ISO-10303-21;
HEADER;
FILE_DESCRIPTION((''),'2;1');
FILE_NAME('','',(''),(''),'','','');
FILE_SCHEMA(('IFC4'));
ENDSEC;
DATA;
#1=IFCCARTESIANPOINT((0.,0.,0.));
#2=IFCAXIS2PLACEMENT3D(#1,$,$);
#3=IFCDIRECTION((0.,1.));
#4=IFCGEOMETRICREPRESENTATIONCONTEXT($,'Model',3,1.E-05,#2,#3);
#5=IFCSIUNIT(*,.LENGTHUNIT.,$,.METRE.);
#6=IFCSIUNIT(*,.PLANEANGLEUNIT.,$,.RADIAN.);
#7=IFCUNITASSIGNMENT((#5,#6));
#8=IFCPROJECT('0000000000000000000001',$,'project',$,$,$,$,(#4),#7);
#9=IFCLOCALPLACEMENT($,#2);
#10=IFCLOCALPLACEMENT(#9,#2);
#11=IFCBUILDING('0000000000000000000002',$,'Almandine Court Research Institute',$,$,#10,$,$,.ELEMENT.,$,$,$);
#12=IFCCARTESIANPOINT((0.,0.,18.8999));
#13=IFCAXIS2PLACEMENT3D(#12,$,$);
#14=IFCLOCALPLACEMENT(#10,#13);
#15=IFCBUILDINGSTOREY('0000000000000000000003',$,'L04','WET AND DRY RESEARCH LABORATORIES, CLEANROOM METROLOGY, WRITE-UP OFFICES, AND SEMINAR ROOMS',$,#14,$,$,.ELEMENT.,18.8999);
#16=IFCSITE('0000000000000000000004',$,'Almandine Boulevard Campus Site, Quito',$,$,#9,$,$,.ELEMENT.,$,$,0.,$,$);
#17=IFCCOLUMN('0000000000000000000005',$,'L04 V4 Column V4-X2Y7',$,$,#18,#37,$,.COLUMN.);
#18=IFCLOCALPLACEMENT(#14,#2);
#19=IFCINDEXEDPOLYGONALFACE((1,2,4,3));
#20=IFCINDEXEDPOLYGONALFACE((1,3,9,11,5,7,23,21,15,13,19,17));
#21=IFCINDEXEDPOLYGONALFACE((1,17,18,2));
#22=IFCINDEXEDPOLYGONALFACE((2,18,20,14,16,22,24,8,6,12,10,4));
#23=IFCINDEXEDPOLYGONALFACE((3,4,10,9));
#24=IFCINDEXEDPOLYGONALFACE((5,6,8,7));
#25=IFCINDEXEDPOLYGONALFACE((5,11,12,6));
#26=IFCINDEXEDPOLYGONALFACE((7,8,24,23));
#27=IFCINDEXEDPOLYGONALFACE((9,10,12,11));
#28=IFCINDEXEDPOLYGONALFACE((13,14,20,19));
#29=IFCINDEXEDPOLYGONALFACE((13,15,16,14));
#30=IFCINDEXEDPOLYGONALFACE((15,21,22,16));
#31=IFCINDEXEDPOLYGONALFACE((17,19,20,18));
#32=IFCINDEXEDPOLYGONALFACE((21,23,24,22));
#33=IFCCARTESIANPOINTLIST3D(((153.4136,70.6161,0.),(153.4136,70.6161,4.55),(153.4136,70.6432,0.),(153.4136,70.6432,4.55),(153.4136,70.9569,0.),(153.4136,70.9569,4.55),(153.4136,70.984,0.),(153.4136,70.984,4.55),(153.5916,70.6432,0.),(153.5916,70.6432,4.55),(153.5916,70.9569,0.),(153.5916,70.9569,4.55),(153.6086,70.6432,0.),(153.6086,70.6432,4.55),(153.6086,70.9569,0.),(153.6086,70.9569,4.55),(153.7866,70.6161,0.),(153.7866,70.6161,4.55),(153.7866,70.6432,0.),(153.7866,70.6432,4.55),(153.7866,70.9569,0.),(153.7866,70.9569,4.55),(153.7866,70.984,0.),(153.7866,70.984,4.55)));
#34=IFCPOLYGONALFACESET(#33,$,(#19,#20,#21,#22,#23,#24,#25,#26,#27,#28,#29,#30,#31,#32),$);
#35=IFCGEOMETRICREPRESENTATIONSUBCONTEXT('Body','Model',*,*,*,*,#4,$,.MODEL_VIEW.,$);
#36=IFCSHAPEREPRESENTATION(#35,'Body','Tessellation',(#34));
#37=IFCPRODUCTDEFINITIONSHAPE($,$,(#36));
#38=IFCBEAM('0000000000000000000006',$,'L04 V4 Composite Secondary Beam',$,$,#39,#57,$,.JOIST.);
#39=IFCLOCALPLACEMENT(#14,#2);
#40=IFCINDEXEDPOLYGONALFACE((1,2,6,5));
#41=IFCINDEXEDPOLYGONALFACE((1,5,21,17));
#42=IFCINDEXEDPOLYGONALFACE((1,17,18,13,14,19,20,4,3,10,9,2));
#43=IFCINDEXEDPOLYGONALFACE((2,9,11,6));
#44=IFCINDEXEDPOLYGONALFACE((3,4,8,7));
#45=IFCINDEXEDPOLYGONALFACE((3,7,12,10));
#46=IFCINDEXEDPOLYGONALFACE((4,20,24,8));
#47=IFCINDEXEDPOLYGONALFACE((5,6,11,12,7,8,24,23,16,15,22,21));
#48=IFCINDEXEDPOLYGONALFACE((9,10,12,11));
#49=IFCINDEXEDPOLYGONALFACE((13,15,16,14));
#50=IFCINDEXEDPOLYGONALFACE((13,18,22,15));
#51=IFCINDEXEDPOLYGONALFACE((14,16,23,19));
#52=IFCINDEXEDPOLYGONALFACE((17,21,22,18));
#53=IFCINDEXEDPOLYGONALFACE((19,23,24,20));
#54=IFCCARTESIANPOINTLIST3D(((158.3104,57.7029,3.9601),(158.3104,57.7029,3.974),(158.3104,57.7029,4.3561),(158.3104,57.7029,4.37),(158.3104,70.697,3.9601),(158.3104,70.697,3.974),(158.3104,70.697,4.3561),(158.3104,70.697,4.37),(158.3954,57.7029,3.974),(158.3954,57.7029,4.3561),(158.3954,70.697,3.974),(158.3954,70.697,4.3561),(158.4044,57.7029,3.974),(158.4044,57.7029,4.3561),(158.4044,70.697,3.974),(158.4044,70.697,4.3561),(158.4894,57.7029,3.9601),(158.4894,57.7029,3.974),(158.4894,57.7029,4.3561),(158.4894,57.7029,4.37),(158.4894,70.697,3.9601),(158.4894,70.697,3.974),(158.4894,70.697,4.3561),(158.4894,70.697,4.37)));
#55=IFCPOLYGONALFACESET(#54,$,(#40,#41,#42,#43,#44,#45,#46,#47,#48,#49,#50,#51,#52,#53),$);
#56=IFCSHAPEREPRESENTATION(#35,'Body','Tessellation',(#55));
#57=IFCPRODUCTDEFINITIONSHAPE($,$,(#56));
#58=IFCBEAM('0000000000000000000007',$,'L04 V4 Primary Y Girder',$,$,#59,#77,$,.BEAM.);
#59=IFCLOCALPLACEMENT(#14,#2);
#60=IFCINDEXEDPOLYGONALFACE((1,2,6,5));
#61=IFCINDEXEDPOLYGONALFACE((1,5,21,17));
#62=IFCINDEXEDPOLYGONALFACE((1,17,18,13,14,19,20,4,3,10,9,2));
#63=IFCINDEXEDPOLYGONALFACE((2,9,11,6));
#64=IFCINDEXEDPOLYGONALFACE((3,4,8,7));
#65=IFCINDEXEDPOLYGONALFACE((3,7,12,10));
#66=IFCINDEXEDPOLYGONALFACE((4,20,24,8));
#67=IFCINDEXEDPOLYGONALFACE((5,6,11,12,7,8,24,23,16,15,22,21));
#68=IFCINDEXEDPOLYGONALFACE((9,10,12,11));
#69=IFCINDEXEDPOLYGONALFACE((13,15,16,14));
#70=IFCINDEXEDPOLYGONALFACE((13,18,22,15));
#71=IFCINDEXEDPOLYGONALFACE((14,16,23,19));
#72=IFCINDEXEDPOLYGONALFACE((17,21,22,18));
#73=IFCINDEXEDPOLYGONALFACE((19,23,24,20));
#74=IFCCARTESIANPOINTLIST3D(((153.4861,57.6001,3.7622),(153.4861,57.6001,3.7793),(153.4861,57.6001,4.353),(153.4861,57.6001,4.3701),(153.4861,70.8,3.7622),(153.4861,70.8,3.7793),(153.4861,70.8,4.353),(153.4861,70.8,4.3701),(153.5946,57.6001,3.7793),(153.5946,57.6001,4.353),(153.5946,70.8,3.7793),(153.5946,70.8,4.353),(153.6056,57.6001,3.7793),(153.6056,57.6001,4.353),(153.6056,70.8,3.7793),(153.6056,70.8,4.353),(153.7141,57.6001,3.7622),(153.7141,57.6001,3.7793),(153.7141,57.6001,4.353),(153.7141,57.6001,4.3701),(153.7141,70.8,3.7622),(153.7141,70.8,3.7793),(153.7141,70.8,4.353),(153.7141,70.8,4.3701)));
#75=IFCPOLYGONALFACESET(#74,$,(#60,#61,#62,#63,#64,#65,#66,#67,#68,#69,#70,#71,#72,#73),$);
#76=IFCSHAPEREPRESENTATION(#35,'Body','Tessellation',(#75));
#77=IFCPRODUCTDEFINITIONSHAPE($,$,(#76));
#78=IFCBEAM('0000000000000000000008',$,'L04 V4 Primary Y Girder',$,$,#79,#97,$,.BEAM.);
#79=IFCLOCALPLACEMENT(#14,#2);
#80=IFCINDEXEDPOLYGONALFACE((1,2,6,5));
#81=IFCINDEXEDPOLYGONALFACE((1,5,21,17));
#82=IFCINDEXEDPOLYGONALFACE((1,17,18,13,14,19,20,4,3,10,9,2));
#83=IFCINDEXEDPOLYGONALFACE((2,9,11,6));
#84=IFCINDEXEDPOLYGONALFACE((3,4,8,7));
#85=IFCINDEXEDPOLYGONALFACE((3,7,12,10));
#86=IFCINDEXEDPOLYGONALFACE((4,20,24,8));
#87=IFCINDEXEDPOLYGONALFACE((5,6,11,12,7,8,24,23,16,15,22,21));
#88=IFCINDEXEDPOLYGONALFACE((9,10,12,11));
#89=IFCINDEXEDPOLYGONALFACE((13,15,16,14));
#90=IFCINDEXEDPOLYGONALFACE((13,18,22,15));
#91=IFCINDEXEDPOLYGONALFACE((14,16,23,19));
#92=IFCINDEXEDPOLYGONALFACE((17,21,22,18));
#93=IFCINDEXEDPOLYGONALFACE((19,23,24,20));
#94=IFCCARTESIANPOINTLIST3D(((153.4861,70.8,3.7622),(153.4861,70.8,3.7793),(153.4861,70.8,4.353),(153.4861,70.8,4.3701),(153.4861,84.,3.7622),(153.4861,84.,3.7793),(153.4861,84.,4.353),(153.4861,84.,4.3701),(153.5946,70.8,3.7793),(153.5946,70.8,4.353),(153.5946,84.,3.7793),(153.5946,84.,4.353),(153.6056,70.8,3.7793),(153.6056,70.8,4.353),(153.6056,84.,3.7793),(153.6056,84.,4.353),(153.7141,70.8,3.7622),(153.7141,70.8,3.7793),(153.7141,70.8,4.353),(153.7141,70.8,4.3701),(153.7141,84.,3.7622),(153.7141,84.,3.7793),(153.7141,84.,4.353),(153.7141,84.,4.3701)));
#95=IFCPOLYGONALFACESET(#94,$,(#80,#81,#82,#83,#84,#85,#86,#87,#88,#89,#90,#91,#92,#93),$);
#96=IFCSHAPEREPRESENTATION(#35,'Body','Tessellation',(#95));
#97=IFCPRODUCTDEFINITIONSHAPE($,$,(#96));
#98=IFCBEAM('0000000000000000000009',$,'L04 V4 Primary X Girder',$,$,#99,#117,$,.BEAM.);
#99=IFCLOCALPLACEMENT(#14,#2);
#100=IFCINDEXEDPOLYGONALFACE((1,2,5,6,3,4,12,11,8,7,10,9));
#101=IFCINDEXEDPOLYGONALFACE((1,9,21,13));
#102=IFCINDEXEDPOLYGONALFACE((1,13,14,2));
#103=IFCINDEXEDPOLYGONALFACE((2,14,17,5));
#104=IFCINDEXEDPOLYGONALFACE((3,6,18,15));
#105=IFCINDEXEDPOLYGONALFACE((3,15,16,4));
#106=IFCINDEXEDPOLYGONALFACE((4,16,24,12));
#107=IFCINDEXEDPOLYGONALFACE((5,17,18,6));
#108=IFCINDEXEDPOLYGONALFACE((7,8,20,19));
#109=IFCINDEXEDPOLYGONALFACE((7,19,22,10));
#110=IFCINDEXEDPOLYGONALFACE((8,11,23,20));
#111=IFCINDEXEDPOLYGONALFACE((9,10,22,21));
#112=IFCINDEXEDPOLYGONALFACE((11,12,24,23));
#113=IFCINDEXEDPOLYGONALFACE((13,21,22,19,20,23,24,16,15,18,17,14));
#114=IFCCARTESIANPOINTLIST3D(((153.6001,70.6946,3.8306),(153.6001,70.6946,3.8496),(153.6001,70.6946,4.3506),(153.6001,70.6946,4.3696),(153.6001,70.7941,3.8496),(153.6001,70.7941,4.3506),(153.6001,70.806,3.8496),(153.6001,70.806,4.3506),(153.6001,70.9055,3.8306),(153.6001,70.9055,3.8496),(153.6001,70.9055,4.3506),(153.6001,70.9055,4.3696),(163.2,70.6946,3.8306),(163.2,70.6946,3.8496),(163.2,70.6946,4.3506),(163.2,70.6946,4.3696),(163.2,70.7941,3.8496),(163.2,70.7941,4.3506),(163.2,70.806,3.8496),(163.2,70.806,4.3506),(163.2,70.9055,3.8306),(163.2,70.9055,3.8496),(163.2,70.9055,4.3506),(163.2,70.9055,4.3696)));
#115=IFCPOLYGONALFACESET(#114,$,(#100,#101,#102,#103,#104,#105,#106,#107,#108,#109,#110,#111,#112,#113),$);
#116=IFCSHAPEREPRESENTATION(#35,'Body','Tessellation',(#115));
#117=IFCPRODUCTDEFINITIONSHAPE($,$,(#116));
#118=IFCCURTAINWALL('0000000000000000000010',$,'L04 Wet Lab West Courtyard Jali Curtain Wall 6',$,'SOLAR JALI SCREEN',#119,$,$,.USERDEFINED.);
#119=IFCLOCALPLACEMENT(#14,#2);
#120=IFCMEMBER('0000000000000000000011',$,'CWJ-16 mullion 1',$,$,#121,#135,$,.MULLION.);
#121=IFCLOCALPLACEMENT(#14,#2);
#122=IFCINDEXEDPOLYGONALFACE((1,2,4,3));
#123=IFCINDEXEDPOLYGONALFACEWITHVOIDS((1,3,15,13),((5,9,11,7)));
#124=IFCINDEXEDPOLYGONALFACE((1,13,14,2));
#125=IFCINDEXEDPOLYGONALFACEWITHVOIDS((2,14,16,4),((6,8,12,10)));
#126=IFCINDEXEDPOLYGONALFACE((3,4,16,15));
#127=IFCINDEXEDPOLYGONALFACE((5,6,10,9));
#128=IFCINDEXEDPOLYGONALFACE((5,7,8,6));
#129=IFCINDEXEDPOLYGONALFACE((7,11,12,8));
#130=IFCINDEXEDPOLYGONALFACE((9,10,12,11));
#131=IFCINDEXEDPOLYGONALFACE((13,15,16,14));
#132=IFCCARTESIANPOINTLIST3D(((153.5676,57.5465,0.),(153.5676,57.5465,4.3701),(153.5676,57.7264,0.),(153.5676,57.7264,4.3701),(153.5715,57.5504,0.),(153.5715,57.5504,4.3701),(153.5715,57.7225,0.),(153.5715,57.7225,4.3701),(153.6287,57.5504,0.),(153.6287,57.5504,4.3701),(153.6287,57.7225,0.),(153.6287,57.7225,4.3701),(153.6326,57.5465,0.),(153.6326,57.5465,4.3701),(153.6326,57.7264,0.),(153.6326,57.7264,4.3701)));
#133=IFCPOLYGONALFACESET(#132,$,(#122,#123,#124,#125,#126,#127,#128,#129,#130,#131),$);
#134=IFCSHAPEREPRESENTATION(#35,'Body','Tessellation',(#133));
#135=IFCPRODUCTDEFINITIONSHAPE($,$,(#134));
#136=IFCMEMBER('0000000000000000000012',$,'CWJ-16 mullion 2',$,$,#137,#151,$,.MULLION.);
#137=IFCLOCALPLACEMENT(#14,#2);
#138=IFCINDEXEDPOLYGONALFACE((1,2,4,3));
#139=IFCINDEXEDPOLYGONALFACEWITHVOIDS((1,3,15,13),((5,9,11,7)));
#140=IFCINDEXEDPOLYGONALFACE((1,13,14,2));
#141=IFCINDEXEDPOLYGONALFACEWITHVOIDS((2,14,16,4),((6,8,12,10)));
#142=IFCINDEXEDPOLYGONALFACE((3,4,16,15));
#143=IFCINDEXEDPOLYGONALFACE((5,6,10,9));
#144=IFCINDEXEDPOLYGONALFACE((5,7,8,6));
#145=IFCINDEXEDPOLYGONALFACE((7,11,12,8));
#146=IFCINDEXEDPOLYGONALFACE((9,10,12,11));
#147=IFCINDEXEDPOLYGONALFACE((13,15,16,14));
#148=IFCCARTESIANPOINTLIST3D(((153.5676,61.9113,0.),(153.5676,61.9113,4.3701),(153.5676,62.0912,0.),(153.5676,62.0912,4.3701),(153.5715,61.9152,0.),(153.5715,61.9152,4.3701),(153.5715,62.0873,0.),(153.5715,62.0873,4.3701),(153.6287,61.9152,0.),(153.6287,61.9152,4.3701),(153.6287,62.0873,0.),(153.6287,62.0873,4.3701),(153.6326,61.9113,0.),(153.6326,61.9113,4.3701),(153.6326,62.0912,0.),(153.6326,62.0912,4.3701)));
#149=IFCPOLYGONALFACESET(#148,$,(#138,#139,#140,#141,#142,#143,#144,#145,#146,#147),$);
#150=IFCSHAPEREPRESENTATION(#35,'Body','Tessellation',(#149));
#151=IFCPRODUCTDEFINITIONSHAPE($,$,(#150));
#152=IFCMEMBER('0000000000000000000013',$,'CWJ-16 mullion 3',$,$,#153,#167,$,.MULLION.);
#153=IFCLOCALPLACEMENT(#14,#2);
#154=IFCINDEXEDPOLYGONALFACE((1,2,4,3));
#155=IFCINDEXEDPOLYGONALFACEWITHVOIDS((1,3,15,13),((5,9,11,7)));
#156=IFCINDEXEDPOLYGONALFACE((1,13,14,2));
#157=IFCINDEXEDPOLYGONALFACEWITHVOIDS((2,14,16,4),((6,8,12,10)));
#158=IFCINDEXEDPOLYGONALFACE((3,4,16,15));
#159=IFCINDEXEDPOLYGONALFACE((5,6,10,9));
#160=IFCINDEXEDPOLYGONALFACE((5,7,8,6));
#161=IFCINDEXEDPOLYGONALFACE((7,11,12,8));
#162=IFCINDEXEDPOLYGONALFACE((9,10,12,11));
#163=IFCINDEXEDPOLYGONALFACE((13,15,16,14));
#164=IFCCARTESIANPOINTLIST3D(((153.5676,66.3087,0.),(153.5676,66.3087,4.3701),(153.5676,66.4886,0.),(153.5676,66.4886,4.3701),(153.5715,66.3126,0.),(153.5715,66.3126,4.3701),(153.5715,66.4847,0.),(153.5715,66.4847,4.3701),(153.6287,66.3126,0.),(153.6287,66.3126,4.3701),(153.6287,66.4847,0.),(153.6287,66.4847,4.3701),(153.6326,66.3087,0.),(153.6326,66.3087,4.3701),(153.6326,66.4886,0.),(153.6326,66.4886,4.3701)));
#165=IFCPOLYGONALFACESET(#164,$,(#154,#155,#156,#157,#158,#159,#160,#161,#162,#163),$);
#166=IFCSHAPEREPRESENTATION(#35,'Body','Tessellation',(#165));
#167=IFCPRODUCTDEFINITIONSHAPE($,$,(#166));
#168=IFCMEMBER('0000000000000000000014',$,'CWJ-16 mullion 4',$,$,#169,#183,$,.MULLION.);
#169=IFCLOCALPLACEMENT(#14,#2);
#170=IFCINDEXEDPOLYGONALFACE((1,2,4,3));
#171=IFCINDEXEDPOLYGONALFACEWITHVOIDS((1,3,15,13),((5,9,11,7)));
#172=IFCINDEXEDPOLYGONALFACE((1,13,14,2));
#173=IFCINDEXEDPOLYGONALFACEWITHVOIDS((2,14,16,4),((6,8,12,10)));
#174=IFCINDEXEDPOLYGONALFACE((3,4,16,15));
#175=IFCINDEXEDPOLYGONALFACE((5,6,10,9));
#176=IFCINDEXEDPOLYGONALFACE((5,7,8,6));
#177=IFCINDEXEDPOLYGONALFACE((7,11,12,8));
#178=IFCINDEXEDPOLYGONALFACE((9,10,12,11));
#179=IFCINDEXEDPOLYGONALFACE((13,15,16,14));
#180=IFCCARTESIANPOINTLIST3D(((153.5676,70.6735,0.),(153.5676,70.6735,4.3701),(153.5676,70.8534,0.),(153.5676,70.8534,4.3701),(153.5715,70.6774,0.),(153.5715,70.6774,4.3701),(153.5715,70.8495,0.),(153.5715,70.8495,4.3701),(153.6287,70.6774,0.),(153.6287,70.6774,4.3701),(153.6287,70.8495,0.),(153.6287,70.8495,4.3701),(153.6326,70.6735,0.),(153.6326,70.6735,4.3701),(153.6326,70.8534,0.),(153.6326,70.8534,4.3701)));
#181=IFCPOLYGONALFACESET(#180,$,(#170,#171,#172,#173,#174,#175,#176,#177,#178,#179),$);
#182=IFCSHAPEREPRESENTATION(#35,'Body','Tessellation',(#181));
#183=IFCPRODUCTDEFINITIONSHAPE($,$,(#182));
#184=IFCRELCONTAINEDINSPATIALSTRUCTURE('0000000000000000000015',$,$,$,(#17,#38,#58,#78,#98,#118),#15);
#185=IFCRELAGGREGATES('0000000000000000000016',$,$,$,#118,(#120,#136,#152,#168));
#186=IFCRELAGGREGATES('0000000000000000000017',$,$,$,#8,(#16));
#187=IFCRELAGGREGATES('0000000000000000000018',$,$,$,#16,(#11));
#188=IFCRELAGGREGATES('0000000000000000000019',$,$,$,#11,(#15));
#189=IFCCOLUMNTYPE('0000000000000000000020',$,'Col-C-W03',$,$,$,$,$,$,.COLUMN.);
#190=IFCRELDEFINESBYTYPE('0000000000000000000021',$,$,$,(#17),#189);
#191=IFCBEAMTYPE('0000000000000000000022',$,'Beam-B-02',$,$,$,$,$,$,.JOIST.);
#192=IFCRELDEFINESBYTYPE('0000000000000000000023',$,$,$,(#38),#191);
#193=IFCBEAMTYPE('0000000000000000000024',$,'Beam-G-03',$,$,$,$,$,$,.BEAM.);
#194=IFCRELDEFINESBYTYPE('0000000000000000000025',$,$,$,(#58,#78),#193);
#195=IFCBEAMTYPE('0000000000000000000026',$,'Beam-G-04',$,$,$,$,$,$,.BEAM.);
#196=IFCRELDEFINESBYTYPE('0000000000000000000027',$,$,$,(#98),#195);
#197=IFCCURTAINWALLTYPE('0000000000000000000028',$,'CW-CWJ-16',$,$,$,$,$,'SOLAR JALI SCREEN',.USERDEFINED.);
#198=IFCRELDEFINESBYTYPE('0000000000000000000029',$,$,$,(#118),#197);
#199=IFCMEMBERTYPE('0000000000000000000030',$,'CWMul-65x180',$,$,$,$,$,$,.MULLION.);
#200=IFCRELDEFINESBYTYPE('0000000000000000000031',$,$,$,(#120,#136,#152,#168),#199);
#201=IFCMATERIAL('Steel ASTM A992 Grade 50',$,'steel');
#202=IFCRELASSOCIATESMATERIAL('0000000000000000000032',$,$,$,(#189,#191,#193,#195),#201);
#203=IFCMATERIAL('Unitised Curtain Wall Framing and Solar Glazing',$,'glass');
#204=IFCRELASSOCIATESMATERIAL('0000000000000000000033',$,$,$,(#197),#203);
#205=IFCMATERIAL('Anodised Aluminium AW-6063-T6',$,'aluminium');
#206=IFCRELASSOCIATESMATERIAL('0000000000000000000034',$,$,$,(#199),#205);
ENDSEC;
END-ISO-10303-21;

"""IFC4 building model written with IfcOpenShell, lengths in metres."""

from ifc_helpers import new_model, si_unit, direction, frame, origin, origin_2d, place, context, subcontext, project, spatial, hollow_rectangle, i_section, extrude, material, material_profile, profile_set, type_object, element, aggregate, save


model = new_model("IFC4")

# Units and contexts
model_context = context("Model", 3, precision=1e-05, world=origin(), true_north=direction((0.0, 1.0)))
body_context = subcontext(model_context, "Body", "Model", "MODEL_VIEW")
ifc_project = project(units=[si_unit("LENGTHUNIT", "METRE"), si_unit("PLANEANGLEUNIT", "RADIAN")], contexts=[model_context])

# Site, building, storey
site_placement = place(None, origin())
site = spatial("IfcSite", under=ifc_project, at=site_placement, Name="Almandine Boulevard Campus Site, Quito", CompositionType="ELEMENT", RefElevation=0.0)
building_placement = place(site_placement, origin())
building = spatial("IfcBuilding", under=site, at=building_placement, Name="Almandine Court Research Institute", CompositionType="ELEMENT")
storey_placement = place(building_placement, frame((0.0, 0.0, 18.8999)))
storey = spatial("IfcBuildingStorey", under=building, at=storey_placement, Name="L04", Description="WET AND DRY RESEARCH LABORATORIES, CLEANROOM METROLOGY, WRITE-UP OFFICES, AND SEMINAR ROOMS", CompositionType="ELEMENT", Elevation=18.8999)

# Column
ifc_material_1 = material(Name="Steel ASTM A992 Grade 50", Category="steel")
ifc_material_profile_1 = material_profile(ifc_material_1, i_section(OverallWidth=0.373, OverallDepth=0.3679, WebThickness=0.0171, FlangeThickness=0.0271, at=origin_2d()), Name="W360x179")
ifc_profile_set_1 = profile_set([ifc_material_profile_1], Name="Steel ASTM A992 Grade 50")
column_type = type_object("IfcColumnType", Name="Col-C-W03", PredefinedType="COLUMN", material=ifc_profile_set_1)
column_placement = place(storey_placement, frame((153.6001, 70.8, 0.0), z_axis=(0.0, 0.0, 1.0), x_axis=(1.0, 0.0, 0.0)))
element("IfcColumn", 1, at=column_placement, inside=storey, type_object=column_type, Name="L04 V4 Column V4-X2Y7", PredefinedType="COLUMN", context=body_context, shape_type="SweptSolid", body=[
    extrude(i_section(OverallWidth=0.373, OverallDepth=0.3679, WebThickness=0.0171, FlangeThickness=0.0271, at=origin_2d()), origin(), (0.0, 0.0, 1.0), 4.55),
])

# Beams
ifc_material_profile_2 = material_profile(ifc_material_1, i_section(OverallWidth=0.179, OverallDepth=0.4099, WebThickness=0.009, FlangeThickness=0.0139, at=origin_2d()), Name="W410x67")
ifc_profile_set_2 = profile_set([ifc_material_profile_2], Name="Steel ASTM A992 Grade 50")
beam_type_1 = type_object("IfcBeamType", Name="Beam-B-02", PredefinedType="JOIST", material=ifc_profile_set_2)
beam_1_placement = place(storey_placement, frame((158.3999, 57.7029, 4.165), z_axis=(0.0, 1.0, 0.0), x_axis=(-1.0, 0.0, 0.0)))
element("IfcBeam", 2, at=beam_1_placement, inside=storey, type_object=beam_type_1, Name="L04 V4 Composite Secondary Beam", PredefinedType="JOIST", context=body_context, shape_type="SweptSolid", body=[
    extrude(i_section(OverallWidth=0.179, OverallDepth=0.4099, WebThickness=0.009, FlangeThickness=0.0139, at=origin_2d()), origin(), (0.0, 0.0, 1.0), 12.9941),
])
ifc_material_profile_3 = material_profile(ifc_material_1, i_section(OverallWidth=0.228, OverallDepth=0.6079, WebThickness=0.011, FlangeThickness=0.0171, at=origin_2d()), Name="W610x113")
ifc_profile_set_3 = profile_set([ifc_material_profile_3], Name="Steel ASTM A992 Grade 50")
beam_type_2 = type_object("IfcBeamType", Name="Beam-G-03", PredefinedType="BEAM", material=ifc_profile_set_3)
for number, where, z_axis, x_axis, name in (
    (3, (153.6001, 57.6001, 4.0662), (0.0, 1.0, 0.0), (-1.0, 0.0, 0.0), "L04 V4 Primary Y Girder"),
    (4, (153.6001, 70.8, 4.0662), (0.0, 1.0, 0.0), (-1.0, 0.0, 0.0), "L04 V4 Primary Y Girder"),
):
    element("IfcBeam", number, at=place(storey_placement, frame(where, z_axis=z_axis, x_axis=x_axis)), inside=storey, type_object=beam_type_2, Name=name, PredefinedType="BEAM", context=body_context, shape_type="SweptSolid", body=[
        extrude(i_section(OverallWidth=0.228, OverallDepth=0.6079, WebThickness=0.011, FlangeThickness=0.0171, at=origin_2d()), origin(), (0.0, 0.0, 1.0), 13.2),
    ])
ifc_material_profile_4 = material_profile(ifc_material_1, i_section(OverallWidth=0.2109, OverallDepth=0.5391, WebThickness=0.012, FlangeThickness=0.019, at=origin_2d()), Name="W530x109")
ifc_profile_set_4 = profile_set([ifc_material_profile_4], Name="Steel ASTM A992 Grade 50")
beam_type_3 = type_object("IfcBeamType", Name="Beam-G-04", PredefinedType="BEAM", material=ifc_profile_set_4)
beam_2_placement = place(storey_placement, frame((153.6001, 70.8, 4.1001), z_axis=(1.0, 0.0, 0.0), x_axis=(0.0, 1.0, 0.0)))
element("IfcBeam", 5, at=beam_2_placement, inside=storey, type_object=beam_type_3, Name="L04 V4 Primary X Girder", PredefinedType="BEAM", context=body_context, shape_type="SweptSolid", body=[
    extrude(i_section(OverallWidth=0.2109, OverallDepth=0.5391, WebThickness=0.012, FlangeThickness=0.019, at=origin_2d()), origin(), (0.0, 0.0, 1.0), 9.5999),
])

# Curtain wall, members
ifc_material_2 = material(Name="Unitised Curtain Wall Framing and Solar Glazing", Category="glass")
curtain_wall_type = type_object("IfcCurtainWallType", Name="CW-CWJ-16", ElementType="SOLAR JALI SCREEN", PredefinedType="USERDEFINED", material=ifc_material_2)
curtain_wall_placement = place(storey_placement, origin())
curtain_wall = element("IfcCurtainWall", 6, at=curtain_wall_placement, inside=storey, type_object=curtain_wall_type, Name="L04 Wet Lab West Courtyard Jali Curtain Wall 6", ObjectType="SOLAR JALI SCREEN", PredefinedType="USERDEFINED")
ifc_material_3 = material(Name="Anodised Aluminium AW-6063-T6", Category="aluminium")
ifc_material_profile_5 = material_profile(ifc_material_3, hollow_rectangle(XDim=0.0649, YDim=0.1799, WallThickness=0.0039, at=origin_2d()), Name="ALU RHS 65x180x4")
ifc_profile_set_5 = profile_set([ifc_material_profile_5], Name="Anodised Aluminium AW-6063-T6")
member_type_1 = type_object("IfcMemberType", Name="CWMul-65x180", PredefinedType="MULLION", material=ifc_profile_set_5)
member_1_placement = place(storey_placement, frame((153.6001, 57.6365, 0.0), z_axis=(0.0, 0.0, 1.0), x_axis=(-1.0, 0.0, 0.0)))
member_1 = element("IfcMember", 7, at=member_1_placement, type_object=member_type_1, Name="CWJ-16 mullion 1", PredefinedType="MULLION", context=body_context, shape_type="SweptSolid", body=[
    extrude(hollow_rectangle(XDim=0.0649, YDim=0.1799, WallThickness=0.0039, at=origin_2d()), origin(), (0.0, 0.0, 1.0), 4.3701),
])
member_2_placement = place(storey_placement, frame((153.6001, 62.0012, 0.0), z_axis=(0.0, 0.0, 1.0), x_axis=(-1.0, 0.0, 0.0)))
member_2 = element("IfcMember", 8, at=member_2_placement, type_object=member_type_1, Name="CWJ-16 mullion 2", PredefinedType="MULLION", context=body_context, shape_type="SweptSolid", body=[
    extrude(hollow_rectangle(XDim=0.0649, YDim=0.1799, WallThickness=0.0039, at=origin_2d()), origin(), (0.0, 0.0, 1.0), 4.3701),
])
member_3_placement = place(storey_placement, frame((153.6001, 66.3987, 0.0), z_axis=(0.0, 0.0, 1.0), x_axis=(-1.0, 0.0, 0.0)))
member_3 = element("IfcMember", 9, at=member_3_placement, type_object=member_type_1, Name="CWJ-16 mullion 3", PredefinedType="MULLION", context=body_context, shape_type="SweptSolid", body=[
    extrude(hollow_rectangle(XDim=0.0649, YDim=0.1799, WallThickness=0.0039, at=origin_2d()), origin(), (0.0, 0.0, 1.0), 4.3701),
])
member_4_placement = place(storey_placement, frame((153.6001, 70.7634, 0.0), z_axis=(0.0, 0.0, 1.0), x_axis=(-1.0, 0.0, 0.0)))
member_4 = element("IfcMember", 10, at=member_4_placement, type_object=member_type_1, Name="CWJ-16 mullion 4", PredefinedType="MULLION", context=body_context, shape_type="SweptSolid", body=[
    extrude(hollow_rectangle(XDim=0.0649, YDim=0.1799, WallThickness=0.0039, at=origin_2d()), origin(), (0.0, 0.0, 1.0), 4.3701),
])
aggregate(curtain_wall, [member_1, member_2, member_3, member_4])

save(model, "model.ifc")
